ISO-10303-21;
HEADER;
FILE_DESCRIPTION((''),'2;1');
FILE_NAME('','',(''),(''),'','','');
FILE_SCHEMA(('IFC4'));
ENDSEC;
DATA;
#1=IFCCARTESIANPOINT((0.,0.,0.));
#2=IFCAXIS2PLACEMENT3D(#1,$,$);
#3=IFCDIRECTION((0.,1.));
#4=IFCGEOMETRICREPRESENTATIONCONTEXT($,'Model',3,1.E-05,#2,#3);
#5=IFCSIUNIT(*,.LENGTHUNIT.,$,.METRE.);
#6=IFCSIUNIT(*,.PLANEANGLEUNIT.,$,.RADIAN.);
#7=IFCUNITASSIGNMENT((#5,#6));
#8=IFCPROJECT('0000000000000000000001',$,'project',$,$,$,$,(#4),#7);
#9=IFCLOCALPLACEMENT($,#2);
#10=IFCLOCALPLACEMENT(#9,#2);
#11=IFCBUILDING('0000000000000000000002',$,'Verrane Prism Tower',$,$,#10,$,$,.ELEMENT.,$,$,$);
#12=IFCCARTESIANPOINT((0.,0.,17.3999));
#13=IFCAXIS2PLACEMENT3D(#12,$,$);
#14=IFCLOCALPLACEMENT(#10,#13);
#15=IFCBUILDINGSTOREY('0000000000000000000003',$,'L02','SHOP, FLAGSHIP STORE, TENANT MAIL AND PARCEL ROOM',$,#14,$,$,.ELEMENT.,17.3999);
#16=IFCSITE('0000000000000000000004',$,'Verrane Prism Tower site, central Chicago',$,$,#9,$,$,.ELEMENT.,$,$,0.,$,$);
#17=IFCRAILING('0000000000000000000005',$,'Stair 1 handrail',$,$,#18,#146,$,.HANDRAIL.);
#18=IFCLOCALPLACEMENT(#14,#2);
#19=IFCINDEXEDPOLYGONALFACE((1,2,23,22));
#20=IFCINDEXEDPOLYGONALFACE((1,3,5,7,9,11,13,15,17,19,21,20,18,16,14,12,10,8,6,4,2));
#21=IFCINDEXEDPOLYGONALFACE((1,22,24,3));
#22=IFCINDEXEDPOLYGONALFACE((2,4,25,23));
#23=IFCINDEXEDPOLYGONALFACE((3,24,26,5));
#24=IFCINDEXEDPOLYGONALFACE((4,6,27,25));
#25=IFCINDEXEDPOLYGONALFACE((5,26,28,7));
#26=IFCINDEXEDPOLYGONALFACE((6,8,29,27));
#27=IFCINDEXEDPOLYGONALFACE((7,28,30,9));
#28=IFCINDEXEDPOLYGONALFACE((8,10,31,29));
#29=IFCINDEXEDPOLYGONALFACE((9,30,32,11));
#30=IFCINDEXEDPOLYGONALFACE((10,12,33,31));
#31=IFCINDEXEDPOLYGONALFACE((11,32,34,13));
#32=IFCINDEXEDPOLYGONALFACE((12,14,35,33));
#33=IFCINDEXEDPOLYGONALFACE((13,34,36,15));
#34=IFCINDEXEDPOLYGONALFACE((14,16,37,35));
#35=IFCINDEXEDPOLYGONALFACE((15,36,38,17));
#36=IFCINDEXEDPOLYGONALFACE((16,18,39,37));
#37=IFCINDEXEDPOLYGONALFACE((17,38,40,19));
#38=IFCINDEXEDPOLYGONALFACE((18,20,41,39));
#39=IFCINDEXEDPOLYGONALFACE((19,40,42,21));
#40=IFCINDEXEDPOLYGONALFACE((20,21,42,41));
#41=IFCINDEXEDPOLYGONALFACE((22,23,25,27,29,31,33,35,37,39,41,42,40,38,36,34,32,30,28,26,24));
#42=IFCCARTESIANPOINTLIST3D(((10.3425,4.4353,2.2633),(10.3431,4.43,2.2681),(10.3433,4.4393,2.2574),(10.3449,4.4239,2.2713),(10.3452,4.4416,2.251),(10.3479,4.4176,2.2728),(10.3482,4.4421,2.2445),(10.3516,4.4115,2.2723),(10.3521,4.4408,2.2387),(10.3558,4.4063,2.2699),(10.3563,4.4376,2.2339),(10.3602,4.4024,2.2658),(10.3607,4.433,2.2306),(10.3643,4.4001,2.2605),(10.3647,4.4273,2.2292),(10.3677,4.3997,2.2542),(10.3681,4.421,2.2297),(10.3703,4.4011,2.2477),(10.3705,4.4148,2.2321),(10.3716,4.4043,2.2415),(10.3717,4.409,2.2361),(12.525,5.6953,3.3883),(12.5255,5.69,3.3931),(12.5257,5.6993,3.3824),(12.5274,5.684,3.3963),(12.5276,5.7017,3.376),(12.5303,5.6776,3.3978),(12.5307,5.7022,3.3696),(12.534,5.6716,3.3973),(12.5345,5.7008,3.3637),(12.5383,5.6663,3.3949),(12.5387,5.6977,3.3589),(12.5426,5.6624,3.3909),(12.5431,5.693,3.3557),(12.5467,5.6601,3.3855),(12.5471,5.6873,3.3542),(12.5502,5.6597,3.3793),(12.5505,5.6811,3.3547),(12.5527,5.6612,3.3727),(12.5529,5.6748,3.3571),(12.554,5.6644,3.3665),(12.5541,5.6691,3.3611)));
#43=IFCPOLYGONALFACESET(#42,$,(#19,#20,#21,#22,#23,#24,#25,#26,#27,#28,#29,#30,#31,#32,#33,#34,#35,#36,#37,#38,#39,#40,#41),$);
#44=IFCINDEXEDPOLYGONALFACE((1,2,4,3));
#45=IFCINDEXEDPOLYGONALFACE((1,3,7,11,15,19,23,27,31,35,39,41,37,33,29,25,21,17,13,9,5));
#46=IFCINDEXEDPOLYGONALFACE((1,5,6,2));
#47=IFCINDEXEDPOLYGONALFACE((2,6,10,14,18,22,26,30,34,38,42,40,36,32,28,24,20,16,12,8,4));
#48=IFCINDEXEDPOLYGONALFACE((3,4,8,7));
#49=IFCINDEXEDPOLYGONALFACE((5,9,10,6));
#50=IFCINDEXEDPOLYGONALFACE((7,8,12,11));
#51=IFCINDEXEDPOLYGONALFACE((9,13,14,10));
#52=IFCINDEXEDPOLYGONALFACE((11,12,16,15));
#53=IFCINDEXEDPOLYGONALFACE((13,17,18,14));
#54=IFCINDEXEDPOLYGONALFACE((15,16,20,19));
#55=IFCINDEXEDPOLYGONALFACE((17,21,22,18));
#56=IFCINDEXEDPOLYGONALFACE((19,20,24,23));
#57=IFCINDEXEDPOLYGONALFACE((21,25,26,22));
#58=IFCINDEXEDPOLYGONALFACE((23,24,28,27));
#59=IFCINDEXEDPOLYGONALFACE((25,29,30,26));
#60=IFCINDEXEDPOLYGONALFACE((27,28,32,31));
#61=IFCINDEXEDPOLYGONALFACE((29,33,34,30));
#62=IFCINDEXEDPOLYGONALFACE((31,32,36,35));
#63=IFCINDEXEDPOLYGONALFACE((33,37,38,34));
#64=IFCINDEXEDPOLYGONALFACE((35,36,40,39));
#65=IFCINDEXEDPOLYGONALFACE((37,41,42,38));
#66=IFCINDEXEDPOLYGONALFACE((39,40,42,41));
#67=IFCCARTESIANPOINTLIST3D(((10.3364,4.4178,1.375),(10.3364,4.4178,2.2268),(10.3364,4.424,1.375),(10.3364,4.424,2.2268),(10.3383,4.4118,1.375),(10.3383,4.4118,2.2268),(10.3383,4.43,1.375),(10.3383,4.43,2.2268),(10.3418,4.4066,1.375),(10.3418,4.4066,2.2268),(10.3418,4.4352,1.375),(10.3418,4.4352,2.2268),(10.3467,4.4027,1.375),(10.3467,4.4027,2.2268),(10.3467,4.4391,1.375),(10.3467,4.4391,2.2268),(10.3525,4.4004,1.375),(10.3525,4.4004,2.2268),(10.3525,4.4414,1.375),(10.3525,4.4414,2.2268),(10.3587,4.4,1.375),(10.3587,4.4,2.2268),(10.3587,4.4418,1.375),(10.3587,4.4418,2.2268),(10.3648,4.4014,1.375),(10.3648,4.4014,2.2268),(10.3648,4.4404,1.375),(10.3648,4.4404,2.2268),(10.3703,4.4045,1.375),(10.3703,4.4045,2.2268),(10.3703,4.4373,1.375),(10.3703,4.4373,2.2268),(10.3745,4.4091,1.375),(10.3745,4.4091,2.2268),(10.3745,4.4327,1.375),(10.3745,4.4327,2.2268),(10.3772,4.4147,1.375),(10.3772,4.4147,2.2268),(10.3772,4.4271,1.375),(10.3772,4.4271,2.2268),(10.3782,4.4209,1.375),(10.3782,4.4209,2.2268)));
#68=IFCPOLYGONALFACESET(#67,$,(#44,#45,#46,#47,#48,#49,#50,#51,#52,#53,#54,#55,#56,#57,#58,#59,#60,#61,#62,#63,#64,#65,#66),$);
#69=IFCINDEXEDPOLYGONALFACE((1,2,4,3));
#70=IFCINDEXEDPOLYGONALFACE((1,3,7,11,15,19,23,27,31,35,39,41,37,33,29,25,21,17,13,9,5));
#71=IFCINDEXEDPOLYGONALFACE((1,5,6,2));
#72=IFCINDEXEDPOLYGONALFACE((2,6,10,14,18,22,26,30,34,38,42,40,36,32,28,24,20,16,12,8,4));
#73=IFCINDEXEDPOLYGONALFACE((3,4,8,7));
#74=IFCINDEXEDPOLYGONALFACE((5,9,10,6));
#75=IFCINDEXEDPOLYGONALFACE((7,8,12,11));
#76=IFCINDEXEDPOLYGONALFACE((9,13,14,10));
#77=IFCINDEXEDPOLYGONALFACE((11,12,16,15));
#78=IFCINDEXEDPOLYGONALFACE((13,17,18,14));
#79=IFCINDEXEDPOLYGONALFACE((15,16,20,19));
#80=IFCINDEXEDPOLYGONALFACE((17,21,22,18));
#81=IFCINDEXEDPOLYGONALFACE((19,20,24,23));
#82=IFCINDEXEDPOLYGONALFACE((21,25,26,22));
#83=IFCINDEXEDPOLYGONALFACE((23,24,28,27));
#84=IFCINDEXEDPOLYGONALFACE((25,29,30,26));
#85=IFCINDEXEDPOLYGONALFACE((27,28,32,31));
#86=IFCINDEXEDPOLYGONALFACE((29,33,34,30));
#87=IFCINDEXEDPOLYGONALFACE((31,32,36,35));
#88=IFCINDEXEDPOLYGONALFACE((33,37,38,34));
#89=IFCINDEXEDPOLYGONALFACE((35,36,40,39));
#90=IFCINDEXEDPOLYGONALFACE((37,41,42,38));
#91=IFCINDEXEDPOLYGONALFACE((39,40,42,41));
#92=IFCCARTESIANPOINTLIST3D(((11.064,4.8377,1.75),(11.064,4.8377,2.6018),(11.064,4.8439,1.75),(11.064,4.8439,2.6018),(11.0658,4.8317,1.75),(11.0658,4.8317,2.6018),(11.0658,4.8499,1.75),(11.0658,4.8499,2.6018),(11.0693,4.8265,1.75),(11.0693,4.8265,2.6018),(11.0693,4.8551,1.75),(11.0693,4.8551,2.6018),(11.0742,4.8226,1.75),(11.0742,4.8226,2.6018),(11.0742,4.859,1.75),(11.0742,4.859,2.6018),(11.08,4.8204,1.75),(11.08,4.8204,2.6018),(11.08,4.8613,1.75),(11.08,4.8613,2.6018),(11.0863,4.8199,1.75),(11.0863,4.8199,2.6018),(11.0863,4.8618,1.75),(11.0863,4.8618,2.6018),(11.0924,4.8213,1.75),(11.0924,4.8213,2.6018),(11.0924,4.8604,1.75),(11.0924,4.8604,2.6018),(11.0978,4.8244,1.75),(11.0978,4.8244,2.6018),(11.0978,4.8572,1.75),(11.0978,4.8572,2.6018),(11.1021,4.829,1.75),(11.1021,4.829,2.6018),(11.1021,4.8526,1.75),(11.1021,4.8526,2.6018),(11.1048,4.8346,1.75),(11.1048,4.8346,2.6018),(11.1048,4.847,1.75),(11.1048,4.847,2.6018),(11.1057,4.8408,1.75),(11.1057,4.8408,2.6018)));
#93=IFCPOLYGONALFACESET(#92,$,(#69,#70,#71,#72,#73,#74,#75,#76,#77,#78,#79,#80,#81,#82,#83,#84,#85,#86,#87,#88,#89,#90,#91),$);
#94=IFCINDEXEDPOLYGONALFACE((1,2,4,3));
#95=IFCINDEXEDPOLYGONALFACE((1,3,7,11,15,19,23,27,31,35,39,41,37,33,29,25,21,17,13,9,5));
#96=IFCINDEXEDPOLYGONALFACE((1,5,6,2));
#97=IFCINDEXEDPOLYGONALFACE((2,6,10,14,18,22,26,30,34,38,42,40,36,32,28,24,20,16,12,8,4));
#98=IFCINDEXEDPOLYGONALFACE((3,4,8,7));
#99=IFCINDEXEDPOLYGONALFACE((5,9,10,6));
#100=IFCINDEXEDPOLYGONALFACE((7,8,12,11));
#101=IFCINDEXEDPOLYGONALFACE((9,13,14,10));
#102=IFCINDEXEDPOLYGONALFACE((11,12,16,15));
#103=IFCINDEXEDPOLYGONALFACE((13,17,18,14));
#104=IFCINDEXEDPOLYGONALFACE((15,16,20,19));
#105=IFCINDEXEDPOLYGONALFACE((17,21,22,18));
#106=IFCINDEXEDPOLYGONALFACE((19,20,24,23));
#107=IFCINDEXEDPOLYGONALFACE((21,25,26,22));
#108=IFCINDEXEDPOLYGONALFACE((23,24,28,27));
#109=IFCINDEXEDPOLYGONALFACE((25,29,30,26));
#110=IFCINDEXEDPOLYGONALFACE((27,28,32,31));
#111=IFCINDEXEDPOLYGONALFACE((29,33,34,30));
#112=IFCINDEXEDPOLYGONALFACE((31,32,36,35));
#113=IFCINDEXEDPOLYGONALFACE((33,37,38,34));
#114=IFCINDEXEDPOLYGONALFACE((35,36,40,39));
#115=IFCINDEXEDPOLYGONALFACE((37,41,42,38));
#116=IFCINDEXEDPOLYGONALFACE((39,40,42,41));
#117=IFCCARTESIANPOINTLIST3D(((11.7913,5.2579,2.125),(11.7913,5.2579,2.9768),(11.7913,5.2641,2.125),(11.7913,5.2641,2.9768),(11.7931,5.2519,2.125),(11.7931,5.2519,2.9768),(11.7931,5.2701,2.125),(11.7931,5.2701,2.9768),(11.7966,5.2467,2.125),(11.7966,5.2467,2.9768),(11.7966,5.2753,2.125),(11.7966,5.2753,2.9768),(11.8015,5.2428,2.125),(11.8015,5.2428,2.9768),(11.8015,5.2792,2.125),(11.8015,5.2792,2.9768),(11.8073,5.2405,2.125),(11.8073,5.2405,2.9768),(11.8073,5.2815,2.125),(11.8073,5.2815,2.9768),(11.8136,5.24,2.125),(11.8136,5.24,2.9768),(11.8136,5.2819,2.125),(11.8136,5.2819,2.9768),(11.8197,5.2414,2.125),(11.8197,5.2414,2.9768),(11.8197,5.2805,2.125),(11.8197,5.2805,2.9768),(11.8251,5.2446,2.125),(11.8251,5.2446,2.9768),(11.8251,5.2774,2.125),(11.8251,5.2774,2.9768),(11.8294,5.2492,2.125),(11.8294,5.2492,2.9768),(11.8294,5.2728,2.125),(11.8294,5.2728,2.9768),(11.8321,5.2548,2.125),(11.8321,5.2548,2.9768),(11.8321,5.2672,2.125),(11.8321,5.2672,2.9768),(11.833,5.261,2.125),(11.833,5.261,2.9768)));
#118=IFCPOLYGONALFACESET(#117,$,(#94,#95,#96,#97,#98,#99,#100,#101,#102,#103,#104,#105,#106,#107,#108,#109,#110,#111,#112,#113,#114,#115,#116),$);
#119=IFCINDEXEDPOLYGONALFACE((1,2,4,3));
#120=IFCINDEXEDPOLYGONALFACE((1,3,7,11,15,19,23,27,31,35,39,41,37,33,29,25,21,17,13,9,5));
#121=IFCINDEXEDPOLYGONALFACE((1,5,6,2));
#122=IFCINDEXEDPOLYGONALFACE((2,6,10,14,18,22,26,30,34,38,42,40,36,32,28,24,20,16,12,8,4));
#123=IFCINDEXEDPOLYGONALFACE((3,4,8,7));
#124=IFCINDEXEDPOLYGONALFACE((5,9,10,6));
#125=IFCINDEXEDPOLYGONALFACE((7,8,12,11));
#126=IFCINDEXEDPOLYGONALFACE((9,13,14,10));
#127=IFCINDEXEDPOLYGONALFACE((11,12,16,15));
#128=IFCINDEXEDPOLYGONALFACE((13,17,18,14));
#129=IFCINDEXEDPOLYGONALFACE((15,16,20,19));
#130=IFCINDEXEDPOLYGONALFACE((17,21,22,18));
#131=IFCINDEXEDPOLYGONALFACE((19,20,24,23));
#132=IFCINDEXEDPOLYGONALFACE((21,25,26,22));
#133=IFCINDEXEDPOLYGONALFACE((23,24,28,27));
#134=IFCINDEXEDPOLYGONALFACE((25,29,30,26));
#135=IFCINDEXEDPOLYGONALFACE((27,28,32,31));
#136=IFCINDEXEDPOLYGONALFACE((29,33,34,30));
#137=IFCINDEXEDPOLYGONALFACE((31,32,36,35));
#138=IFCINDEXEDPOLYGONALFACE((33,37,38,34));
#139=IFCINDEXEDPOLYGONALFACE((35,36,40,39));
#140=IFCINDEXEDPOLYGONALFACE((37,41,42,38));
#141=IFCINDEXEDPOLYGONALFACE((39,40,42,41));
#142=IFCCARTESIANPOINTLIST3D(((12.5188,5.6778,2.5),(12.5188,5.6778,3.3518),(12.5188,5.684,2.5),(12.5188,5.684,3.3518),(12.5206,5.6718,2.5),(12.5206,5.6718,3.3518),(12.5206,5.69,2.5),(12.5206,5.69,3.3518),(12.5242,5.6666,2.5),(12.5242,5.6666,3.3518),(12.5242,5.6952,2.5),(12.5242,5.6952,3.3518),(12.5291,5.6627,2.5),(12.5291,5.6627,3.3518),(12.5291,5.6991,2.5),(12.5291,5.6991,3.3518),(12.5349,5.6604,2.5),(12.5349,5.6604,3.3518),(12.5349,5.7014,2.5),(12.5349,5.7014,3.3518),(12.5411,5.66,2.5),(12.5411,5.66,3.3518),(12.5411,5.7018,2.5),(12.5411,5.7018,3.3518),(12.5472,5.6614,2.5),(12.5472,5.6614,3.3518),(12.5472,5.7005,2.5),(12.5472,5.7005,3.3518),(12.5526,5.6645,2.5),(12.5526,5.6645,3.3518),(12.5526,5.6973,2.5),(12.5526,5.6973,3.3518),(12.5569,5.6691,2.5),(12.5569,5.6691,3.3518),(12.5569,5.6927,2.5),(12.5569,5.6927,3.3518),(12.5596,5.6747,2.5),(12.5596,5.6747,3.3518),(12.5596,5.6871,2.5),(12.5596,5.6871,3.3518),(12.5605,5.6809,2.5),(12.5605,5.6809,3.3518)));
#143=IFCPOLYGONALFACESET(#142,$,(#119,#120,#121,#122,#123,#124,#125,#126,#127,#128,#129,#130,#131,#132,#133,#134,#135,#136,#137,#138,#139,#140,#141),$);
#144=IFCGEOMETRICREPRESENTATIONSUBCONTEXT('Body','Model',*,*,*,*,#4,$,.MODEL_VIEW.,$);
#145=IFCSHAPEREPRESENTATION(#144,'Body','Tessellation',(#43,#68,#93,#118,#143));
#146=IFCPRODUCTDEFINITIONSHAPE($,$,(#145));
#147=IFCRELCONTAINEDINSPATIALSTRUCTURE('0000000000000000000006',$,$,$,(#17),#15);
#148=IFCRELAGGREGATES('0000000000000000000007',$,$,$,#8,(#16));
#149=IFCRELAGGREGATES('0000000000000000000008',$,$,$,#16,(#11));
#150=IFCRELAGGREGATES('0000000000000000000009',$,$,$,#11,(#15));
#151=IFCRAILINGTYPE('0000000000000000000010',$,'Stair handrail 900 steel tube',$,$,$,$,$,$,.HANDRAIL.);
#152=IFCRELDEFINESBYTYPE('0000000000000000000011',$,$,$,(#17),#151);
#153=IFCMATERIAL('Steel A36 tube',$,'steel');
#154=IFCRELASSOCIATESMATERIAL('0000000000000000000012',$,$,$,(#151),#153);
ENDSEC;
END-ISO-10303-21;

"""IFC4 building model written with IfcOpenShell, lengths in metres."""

from ifc_helpers import new_model, si_unit, direction, frame, origin, origin_2d, place, context, subcontext, project, spatial, circle, extrude, material, type_object, element, save


model = new_model("IFC4")

# Units and contexts
model_context = context("Model", 3, precision=1e-05, world=origin(), true_north=direction((0.0, 1.0)))
body_context = subcontext(model_context, "Body", "Model", "MODEL_VIEW")
ifc_project = project(units=[si_unit("LENGTHUNIT", "METRE"), si_unit("PLANEANGLEUNIT", "RADIAN")], contexts=[model_context])

# Site, building, storey
site_placement = place(None, origin())
site = spatial("IfcSite", under=ifc_project, at=site_placement, Name="Verrane Prism Tower site, central Chicago", CompositionType="ELEMENT", RefElevation=0.0)
building_placement = place(site_placement, origin())
building = spatial("IfcBuilding", under=site, at=building_placement, Name="Verrane Prism Tower", CompositionType="ELEMENT")
storey_placement = place(building_placement, frame((0.0, 0.0, 17.3999)))
storey = spatial("IfcBuildingStorey", under=building, at=storey_placement, Name="L02", Description="SHOP, FLAGSHIP STORE, TENANT MAIL AND PARCEL ROOM", CompositionType="ELEMENT", Elevation=17.3999)

# Railing
ifc_material_1 = material(Name="Steel A36 tube", Category="steel")
railing_type_1 = type_object("IfcRailingType", Name="Stair handrail 900 steel tube", PredefinedType="HANDRAIL", material=ifc_material_1)
railing_1_placement = place(storey_placement, frame((10.3572, 4.4209, 1.375)))
element("IfcRailing", 1, at=railing_1_placement, inside=storey, type_object=railing_type_1, Name="Stair 1 handrail", PredefinedType="HANDRAIL", context=body_context, shape_type="SweptSolid", body=[
    extrude(circle(Radius=0.0239, at=origin_2d()), frame((0.0, 0.0, 0.876), z_axis=(0.790798, 0.456573, 0.407651), x_axis=(-0.500005, 0.866023, 0.0)), (0.0, 0.0, 1.0), 2.7598),
    extrude(circle(Radius=0.021, at=origin_2d()), origin(), (0.0, 0.0, 1.0), 0.8518),
    extrude(circle(Radius=0.021, at=origin_2d()), frame((0.7275, 0.4199, 0.375)), (0.0, 0.0, 1.0), 0.8518),
    extrude(circle(Radius=0.021, at=origin_2d()), frame((1.4548, 0.8401, 0.75)), (0.0, 0.0, 1.0), 0.8518),
    extrude(circle(Radius=0.021, at=origin_2d()), frame((2.1824, 1.26, 1.125)), (0.0, 0.0, 1.0), 0.8518),
])

save(model, "model.ifc")
